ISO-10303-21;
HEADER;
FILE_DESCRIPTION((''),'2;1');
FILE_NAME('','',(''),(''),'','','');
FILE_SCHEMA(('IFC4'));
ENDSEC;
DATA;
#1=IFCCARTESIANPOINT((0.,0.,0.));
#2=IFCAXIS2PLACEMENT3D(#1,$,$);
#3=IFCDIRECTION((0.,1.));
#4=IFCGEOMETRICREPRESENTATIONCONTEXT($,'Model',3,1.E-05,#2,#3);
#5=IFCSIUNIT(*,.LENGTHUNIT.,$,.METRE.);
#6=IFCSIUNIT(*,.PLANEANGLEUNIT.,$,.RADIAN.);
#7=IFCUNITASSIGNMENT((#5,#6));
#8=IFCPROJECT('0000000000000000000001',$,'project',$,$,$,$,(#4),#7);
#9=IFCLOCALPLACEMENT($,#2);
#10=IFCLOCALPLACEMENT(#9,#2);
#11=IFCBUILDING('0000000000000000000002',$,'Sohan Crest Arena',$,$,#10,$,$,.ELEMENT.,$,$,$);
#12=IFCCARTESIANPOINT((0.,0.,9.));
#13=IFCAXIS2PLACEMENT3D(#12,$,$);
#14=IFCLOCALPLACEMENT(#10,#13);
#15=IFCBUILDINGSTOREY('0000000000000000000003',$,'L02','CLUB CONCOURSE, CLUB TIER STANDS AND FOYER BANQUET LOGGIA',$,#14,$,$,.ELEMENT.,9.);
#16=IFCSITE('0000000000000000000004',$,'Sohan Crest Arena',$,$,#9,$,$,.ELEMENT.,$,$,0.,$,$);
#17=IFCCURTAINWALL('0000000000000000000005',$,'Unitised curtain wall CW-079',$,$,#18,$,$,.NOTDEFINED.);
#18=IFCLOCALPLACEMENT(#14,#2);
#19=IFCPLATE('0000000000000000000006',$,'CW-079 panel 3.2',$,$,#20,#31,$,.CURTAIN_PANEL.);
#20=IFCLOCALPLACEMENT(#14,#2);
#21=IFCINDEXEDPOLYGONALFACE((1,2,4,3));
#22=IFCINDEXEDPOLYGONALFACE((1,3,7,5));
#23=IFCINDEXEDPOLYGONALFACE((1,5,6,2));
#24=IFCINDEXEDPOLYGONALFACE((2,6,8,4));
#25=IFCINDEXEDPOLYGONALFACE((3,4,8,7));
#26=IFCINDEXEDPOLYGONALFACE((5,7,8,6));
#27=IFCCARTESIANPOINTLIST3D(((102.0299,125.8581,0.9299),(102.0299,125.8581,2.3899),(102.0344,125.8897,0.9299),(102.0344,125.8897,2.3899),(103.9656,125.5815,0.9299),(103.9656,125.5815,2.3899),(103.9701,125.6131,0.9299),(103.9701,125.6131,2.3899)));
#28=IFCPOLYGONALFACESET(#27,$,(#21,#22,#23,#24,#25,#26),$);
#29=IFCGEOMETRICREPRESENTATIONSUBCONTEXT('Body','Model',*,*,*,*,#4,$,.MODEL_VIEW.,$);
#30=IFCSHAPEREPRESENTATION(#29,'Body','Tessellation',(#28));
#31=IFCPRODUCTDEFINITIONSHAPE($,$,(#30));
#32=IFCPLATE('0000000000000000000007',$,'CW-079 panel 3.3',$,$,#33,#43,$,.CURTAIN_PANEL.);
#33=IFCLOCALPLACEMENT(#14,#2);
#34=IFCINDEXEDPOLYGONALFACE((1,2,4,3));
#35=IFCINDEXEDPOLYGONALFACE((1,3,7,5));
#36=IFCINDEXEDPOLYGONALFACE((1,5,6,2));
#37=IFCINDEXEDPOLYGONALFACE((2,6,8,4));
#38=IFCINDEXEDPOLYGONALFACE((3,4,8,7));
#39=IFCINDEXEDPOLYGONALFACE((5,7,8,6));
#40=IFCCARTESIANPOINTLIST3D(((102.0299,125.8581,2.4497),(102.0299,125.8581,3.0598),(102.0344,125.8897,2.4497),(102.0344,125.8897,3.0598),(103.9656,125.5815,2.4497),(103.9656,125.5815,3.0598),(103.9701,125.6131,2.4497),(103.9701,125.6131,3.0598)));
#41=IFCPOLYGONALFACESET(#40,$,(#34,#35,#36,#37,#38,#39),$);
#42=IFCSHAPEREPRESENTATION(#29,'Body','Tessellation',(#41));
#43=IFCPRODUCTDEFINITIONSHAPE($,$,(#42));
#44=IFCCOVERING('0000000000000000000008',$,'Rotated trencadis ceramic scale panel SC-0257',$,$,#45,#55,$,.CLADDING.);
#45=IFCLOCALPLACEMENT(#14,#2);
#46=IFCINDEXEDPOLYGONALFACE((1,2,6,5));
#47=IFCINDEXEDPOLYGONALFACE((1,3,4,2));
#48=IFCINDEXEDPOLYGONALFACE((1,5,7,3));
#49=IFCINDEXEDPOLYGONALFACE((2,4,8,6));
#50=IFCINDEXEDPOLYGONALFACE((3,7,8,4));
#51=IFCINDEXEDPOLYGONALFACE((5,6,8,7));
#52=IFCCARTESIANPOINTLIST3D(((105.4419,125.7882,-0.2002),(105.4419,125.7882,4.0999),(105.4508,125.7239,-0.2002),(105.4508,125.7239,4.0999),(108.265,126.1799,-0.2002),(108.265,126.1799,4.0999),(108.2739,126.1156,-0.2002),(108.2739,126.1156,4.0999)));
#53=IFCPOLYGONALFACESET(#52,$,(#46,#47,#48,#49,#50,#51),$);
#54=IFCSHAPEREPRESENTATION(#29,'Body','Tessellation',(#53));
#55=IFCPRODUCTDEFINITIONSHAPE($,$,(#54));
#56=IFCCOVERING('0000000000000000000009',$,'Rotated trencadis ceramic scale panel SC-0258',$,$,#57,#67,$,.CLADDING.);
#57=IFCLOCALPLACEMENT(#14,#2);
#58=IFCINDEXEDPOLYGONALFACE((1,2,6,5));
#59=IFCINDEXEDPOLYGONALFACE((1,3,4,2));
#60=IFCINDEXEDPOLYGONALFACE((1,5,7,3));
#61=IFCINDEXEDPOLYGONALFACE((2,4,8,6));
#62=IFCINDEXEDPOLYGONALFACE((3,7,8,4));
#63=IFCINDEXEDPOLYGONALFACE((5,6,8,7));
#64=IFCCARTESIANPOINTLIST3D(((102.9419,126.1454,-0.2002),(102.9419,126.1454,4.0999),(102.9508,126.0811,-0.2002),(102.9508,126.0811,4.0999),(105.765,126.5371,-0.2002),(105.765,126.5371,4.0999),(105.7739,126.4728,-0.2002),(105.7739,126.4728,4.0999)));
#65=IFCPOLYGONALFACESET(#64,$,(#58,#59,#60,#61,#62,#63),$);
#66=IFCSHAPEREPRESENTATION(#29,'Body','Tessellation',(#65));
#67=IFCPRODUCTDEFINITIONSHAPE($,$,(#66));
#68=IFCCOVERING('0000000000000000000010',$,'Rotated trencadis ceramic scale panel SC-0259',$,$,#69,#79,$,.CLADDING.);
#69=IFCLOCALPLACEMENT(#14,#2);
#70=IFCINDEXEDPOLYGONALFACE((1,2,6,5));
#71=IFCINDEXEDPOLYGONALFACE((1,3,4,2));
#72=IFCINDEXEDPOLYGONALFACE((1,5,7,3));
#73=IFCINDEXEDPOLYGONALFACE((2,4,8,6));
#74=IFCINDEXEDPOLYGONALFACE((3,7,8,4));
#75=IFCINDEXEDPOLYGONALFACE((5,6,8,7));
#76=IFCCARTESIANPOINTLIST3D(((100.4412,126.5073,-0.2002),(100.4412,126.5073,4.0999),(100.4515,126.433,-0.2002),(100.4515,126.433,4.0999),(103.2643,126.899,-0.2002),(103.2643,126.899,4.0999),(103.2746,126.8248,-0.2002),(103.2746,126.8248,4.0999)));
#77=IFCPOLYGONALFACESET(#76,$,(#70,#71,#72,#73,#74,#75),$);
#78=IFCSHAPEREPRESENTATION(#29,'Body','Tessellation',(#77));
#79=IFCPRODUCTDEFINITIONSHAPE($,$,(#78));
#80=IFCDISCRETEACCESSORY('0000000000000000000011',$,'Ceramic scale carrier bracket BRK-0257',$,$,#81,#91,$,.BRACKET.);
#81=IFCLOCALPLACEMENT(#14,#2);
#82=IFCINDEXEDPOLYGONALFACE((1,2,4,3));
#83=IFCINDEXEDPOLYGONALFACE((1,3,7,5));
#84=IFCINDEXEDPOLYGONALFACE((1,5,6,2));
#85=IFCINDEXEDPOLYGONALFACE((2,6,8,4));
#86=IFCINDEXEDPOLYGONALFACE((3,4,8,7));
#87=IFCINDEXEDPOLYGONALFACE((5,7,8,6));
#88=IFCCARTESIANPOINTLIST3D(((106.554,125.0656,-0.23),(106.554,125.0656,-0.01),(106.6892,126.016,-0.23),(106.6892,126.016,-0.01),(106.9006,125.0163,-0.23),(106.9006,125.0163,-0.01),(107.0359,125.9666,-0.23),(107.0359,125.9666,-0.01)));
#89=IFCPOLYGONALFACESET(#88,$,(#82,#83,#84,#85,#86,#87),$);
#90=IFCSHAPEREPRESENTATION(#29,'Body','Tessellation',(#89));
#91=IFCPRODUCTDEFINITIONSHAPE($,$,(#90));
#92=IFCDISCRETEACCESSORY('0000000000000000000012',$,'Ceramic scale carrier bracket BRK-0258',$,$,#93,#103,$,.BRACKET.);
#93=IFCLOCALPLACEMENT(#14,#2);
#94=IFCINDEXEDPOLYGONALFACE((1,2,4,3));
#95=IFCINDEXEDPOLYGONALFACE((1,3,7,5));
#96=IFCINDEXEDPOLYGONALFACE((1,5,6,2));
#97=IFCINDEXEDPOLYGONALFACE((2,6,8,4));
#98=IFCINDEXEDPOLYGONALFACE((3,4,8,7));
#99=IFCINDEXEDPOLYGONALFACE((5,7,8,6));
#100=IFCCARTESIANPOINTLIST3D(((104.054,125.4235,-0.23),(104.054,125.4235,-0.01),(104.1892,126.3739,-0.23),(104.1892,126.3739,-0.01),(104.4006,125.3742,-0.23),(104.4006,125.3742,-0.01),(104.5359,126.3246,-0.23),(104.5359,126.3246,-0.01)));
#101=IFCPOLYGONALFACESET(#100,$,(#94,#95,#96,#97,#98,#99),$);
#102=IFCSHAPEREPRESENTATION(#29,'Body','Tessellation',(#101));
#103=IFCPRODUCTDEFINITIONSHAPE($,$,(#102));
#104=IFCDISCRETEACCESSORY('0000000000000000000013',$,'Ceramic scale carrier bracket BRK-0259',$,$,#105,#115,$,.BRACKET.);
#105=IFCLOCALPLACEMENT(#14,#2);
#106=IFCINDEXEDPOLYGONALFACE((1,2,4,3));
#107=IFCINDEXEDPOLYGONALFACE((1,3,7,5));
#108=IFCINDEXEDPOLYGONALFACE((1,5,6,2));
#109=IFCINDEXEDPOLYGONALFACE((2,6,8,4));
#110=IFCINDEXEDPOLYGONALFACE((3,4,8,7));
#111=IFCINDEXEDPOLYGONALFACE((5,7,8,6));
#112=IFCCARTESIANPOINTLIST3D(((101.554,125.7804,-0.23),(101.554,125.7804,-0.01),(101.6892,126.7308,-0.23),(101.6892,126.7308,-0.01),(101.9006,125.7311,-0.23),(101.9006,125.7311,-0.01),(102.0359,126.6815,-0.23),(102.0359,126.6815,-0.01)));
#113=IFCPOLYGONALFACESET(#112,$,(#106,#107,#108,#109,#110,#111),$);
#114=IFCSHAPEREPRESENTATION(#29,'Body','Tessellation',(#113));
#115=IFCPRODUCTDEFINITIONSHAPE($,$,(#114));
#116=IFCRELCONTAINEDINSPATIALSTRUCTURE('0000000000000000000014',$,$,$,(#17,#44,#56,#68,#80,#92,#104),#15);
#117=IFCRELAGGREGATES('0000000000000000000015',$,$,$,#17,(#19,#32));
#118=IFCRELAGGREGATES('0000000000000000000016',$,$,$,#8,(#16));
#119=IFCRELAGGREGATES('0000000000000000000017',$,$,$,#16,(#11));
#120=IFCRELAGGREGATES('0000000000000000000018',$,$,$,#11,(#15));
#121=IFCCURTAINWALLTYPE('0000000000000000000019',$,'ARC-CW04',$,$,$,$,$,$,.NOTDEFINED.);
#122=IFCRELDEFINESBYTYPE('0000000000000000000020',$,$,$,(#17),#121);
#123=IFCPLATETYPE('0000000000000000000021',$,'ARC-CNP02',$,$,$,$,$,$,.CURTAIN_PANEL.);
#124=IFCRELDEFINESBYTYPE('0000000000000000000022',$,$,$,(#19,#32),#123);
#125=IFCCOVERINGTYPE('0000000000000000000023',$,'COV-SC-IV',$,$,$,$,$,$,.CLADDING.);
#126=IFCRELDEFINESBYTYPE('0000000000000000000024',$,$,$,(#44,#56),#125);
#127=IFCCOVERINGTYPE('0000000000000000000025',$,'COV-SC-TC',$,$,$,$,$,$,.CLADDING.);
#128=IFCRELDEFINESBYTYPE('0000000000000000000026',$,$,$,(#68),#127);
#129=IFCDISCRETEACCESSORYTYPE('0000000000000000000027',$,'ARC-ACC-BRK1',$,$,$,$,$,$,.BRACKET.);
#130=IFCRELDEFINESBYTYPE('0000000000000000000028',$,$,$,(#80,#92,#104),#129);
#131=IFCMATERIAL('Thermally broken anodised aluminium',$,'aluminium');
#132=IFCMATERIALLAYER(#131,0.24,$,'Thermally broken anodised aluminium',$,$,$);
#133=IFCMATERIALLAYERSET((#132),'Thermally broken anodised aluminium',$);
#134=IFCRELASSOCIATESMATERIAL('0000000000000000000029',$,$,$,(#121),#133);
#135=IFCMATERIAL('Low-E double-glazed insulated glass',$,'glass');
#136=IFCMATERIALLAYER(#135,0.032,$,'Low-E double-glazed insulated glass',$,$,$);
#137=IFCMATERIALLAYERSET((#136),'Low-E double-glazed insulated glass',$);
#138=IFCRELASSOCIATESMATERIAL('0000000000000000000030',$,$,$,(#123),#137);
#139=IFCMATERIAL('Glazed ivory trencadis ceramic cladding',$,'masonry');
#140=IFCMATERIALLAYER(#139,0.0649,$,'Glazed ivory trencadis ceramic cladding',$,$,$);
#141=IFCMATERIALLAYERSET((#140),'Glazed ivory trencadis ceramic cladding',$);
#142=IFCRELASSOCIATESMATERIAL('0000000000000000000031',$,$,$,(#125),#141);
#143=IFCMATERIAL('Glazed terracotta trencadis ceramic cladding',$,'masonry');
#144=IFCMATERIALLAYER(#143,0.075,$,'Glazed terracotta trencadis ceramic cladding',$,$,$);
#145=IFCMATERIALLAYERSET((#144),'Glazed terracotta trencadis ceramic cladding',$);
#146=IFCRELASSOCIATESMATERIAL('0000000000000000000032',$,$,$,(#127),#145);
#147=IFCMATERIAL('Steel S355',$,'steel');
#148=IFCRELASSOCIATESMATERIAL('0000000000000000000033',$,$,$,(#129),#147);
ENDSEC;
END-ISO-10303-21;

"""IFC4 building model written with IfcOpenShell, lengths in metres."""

from ifc_helpers import new_model, si_unit, direction, frame, origin, origin_2d, place, context, subcontext, project, spatial, rectangle, extrude, material, layer, layer_set, type_object, element, aggregate, save


model = new_model("IFC4")

# Units and contexts
model_context = context("Model", 3, precision=1e-05, world=origin(), true_north=direction((0.0, 1.0)))
body_context = subcontext(model_context, "Body", "Model", "MODEL_VIEW")
ifc_project = project(units=[si_unit("LENGTHUNIT", "METRE"), si_unit("PLANEANGLEUNIT", "RADIAN")], contexts=[model_context])

# Site, building, storey
site_placement = place(None, origin())
site = spatial("IfcSite", under=ifc_project, at=site_placement, Name="Sohan Crest Arena", CompositionType="ELEMENT", RefElevation=0.0)
building_placement = place(site_placement, origin())
building = spatial("IfcBuilding", under=site, at=building_placement, Name="Sohan Crest Arena", CompositionType="ELEMENT")
storey_placement = place(building_placement, frame((0.0, 0.0, 9.0)))
storey = spatial("IfcBuildingStorey", under=building, at=storey_placement, Name="L02", Description="CLUB CONCOURSE, CLUB TIER STANDS AND FOYER BANQUET LOGGIA", CompositionType="ELEMENT", Elevation=9.0)

# Curtain wall
ifc_material_1 = material(Name="Thermally broken anodised aluminium", Category="aluminium")
ifc_layer_1 = layer(ifc_material_1, 0.24, Name="Thermally broken anodised aluminium")
ifc_layer_set_1 = layer_set([ifc_layer_1], Name="Thermally broken anodised aluminium")
curtain_wall_type = type_object("IfcCurtainWallType", Name="ARC-CW04", PredefinedType="NOTDEFINED", material=ifc_layer_set_1)
curtain_wall_placement = place(storey_placement, origin())
curtain_wall = element("IfcCurtainWall", 1, at=curtain_wall_placement, inside=storey, type_object=curtain_wall_type, Name="Unitised curtain wall CW-079", PredefinedType="NOTDEFINED")

# Shared definitions
ifc_material_2 = material(Name="Steel S355", Category="steel")

# Plates
ifc_material_3 = material(Name="Low-E double-glazed insulated glass", Category="glass")
ifc_layer_2 = layer(ifc_material_3, 0.032, Name="Low-E double-glazed insulated glass")
ifc_layer_set_2 = layer_set([ifc_layer_2], Name="Low-E double-glazed insulated glass")
plate_type = type_object("IfcPlateType", Name="ARC-CNP02", PredefinedType="CURTAIN_PANEL", material=ifc_layer_set_2)
plate_1_placement = place(storey_placement, frame((103.0, 125.7356, 0.9299), z_axis=(0.0, 0.0, 1.0), x_axis=(-0.989944, 0.141463, 0.0)))
plate_1 = element("IfcPlate", 2, at=plate_1_placement, type_object=plate_type, Name="CW-079 panel 3.2", PredefinedType="CURTAIN_PANEL", context=body_context, shape_type="SweptSolid", body=[
    extrude(rectangle(XDim=1.9553, YDim=0.032, at=origin_2d()), origin(), (0.0, 0.0, 1.0), 1.46),
])
plate_2_placement = place(storey_placement, frame((103.0, 125.7356, 2.4497), z_axis=(0.0, 0.0, 1.0), x_axis=(-0.989944, 0.141463, 0.0)))
plate_2 = element("IfcPlate", 3, at=plate_2_placement, type_object=plate_type, Name="CW-079 panel 3.3", PredefinedType="CURTAIN_PANEL", context=body_context, shape_type="SweptSolid", body=[
    extrude(rectangle(XDim=1.9553, YDim=0.032, at=origin_2d()), origin(), (0.0, 0.0, 1.0), 0.6101),
])
aggregate(curtain_wall, [plate_1, plate_2])

# Coverings
ifc_material_4 = material(Name="Glazed ivory trencadis ceramic cladding", Category="masonry")
ifc_layer_3 = layer(ifc_material_4, 0.0649, Name="Glazed ivory trencadis ceramic cladding")
ifc_layer_set_3 = layer_set([ifc_layer_3], Name="Glazed ivory trencadis ceramic cladding")
covering_type_1 = type_object("IfcCoveringType", Name="COV-SC-IV", PredefinedType="CLADDING", material=ifc_layer_set_3)
for number, where, z_axis, x_axis, name in (
    (4, (106.8579, 125.9519, -0.2002), (0.0, 0.0, 1.0), (-0.990509, -0.137445, 0.0), "Rotated trencadis ceramic scale panel SC-0257"),
    (5, (104.3579, 126.3091, -0.2002), (0.0, 0.0, 1.0), (-0.990509, -0.137445, 0.0), "Rotated trencadis ceramic scale panel SC-0258"),
):
    element("IfcCovering", number, at=place(storey_placement, frame(where, z_axis=z_axis, x_axis=x_axis)), inside=storey, type_object=covering_type_1, Name=name, PredefinedType="CLADDING", context=body_context, shape_type="SweptSolid", body=[
        extrude(rectangle(XDim=2.8501, YDim=0.0649, at=origin_2d()), origin(), (0.0, 0.0, 1.0), 4.3),
    ])
ifc_material_5 = material(Name="Glazed terracotta trencadis ceramic cladding", Category="masonry")
ifc_layer_4 = layer(ifc_material_5, 0.075, Name="Glazed terracotta trencadis ceramic cladding")
ifc_layer_set_4 = layer_set([ifc_layer_4], Name="Glazed terracotta trencadis ceramic cladding")
covering_type_2 = type_object("IfcCoveringType", Name="COV-SC-TC", PredefinedType="CLADDING", material=ifc_layer_set_4)
covering_placement = place(storey_placement, frame((101.8579, 126.666, -0.2002), z_axis=(0.0, 0.0, 1.0), x_axis=(-0.990509, -0.137445, 0.0)))
element("IfcCovering", 6, at=covering_placement, inside=storey, type_object=covering_type_2, Name="Rotated trencadis ceramic scale panel SC-0259", PredefinedType="CLADDING", context=body_context, shape_type="SweptSolid", body=[
    extrude(rectangle(XDim=2.8501, YDim=0.075, at=origin_2d()), origin(), (0.0, 0.0, 1.0), 4.3),
])

# Discrete accessories
discrete_accessory_type = type_object("IfcDiscreteAccessoryType", Name="ARC-ACC-BRK1", PredefinedType="BRACKET", material=ifc_material_2)
for number, where, z_axis, x_axis, name in (
    (7, (106.7949, 125.5161, -0.23), (0.0, 0.0, 1.0), (-0.990024, 0.140901, 0.0), "Ceramic scale carrier bracket BRK-0257"),
    (8, (104.2949, 125.874, -0.23), (0.0, 0.0, 1.0), (-0.990024, 0.140901, 0.0), "Ceramic scale carrier bracket BRK-0258"),
    (9, (101.7949, 126.231, -0.23), (0.0, 0.0, 1.0), (-0.990024, 0.140901, 0.0), "Ceramic scale carrier bracket BRK-0259"),
):
    element("IfcDiscreteAccessory", number, at=place(storey_placement, frame(where, z_axis=z_axis, x_axis=x_axis)), inside=storey, type_object=discrete_accessory_type, Name=name, PredefinedType="BRACKET", context=body_context, shape_type="SweptSolid", body=[
        extrude(rectangle(XDim=0.3501, YDim=0.96, at=origin_2d()), origin(), (0.0, 0.0, 1.0), 0.22),
    ])

save(model, "model.ifc")
